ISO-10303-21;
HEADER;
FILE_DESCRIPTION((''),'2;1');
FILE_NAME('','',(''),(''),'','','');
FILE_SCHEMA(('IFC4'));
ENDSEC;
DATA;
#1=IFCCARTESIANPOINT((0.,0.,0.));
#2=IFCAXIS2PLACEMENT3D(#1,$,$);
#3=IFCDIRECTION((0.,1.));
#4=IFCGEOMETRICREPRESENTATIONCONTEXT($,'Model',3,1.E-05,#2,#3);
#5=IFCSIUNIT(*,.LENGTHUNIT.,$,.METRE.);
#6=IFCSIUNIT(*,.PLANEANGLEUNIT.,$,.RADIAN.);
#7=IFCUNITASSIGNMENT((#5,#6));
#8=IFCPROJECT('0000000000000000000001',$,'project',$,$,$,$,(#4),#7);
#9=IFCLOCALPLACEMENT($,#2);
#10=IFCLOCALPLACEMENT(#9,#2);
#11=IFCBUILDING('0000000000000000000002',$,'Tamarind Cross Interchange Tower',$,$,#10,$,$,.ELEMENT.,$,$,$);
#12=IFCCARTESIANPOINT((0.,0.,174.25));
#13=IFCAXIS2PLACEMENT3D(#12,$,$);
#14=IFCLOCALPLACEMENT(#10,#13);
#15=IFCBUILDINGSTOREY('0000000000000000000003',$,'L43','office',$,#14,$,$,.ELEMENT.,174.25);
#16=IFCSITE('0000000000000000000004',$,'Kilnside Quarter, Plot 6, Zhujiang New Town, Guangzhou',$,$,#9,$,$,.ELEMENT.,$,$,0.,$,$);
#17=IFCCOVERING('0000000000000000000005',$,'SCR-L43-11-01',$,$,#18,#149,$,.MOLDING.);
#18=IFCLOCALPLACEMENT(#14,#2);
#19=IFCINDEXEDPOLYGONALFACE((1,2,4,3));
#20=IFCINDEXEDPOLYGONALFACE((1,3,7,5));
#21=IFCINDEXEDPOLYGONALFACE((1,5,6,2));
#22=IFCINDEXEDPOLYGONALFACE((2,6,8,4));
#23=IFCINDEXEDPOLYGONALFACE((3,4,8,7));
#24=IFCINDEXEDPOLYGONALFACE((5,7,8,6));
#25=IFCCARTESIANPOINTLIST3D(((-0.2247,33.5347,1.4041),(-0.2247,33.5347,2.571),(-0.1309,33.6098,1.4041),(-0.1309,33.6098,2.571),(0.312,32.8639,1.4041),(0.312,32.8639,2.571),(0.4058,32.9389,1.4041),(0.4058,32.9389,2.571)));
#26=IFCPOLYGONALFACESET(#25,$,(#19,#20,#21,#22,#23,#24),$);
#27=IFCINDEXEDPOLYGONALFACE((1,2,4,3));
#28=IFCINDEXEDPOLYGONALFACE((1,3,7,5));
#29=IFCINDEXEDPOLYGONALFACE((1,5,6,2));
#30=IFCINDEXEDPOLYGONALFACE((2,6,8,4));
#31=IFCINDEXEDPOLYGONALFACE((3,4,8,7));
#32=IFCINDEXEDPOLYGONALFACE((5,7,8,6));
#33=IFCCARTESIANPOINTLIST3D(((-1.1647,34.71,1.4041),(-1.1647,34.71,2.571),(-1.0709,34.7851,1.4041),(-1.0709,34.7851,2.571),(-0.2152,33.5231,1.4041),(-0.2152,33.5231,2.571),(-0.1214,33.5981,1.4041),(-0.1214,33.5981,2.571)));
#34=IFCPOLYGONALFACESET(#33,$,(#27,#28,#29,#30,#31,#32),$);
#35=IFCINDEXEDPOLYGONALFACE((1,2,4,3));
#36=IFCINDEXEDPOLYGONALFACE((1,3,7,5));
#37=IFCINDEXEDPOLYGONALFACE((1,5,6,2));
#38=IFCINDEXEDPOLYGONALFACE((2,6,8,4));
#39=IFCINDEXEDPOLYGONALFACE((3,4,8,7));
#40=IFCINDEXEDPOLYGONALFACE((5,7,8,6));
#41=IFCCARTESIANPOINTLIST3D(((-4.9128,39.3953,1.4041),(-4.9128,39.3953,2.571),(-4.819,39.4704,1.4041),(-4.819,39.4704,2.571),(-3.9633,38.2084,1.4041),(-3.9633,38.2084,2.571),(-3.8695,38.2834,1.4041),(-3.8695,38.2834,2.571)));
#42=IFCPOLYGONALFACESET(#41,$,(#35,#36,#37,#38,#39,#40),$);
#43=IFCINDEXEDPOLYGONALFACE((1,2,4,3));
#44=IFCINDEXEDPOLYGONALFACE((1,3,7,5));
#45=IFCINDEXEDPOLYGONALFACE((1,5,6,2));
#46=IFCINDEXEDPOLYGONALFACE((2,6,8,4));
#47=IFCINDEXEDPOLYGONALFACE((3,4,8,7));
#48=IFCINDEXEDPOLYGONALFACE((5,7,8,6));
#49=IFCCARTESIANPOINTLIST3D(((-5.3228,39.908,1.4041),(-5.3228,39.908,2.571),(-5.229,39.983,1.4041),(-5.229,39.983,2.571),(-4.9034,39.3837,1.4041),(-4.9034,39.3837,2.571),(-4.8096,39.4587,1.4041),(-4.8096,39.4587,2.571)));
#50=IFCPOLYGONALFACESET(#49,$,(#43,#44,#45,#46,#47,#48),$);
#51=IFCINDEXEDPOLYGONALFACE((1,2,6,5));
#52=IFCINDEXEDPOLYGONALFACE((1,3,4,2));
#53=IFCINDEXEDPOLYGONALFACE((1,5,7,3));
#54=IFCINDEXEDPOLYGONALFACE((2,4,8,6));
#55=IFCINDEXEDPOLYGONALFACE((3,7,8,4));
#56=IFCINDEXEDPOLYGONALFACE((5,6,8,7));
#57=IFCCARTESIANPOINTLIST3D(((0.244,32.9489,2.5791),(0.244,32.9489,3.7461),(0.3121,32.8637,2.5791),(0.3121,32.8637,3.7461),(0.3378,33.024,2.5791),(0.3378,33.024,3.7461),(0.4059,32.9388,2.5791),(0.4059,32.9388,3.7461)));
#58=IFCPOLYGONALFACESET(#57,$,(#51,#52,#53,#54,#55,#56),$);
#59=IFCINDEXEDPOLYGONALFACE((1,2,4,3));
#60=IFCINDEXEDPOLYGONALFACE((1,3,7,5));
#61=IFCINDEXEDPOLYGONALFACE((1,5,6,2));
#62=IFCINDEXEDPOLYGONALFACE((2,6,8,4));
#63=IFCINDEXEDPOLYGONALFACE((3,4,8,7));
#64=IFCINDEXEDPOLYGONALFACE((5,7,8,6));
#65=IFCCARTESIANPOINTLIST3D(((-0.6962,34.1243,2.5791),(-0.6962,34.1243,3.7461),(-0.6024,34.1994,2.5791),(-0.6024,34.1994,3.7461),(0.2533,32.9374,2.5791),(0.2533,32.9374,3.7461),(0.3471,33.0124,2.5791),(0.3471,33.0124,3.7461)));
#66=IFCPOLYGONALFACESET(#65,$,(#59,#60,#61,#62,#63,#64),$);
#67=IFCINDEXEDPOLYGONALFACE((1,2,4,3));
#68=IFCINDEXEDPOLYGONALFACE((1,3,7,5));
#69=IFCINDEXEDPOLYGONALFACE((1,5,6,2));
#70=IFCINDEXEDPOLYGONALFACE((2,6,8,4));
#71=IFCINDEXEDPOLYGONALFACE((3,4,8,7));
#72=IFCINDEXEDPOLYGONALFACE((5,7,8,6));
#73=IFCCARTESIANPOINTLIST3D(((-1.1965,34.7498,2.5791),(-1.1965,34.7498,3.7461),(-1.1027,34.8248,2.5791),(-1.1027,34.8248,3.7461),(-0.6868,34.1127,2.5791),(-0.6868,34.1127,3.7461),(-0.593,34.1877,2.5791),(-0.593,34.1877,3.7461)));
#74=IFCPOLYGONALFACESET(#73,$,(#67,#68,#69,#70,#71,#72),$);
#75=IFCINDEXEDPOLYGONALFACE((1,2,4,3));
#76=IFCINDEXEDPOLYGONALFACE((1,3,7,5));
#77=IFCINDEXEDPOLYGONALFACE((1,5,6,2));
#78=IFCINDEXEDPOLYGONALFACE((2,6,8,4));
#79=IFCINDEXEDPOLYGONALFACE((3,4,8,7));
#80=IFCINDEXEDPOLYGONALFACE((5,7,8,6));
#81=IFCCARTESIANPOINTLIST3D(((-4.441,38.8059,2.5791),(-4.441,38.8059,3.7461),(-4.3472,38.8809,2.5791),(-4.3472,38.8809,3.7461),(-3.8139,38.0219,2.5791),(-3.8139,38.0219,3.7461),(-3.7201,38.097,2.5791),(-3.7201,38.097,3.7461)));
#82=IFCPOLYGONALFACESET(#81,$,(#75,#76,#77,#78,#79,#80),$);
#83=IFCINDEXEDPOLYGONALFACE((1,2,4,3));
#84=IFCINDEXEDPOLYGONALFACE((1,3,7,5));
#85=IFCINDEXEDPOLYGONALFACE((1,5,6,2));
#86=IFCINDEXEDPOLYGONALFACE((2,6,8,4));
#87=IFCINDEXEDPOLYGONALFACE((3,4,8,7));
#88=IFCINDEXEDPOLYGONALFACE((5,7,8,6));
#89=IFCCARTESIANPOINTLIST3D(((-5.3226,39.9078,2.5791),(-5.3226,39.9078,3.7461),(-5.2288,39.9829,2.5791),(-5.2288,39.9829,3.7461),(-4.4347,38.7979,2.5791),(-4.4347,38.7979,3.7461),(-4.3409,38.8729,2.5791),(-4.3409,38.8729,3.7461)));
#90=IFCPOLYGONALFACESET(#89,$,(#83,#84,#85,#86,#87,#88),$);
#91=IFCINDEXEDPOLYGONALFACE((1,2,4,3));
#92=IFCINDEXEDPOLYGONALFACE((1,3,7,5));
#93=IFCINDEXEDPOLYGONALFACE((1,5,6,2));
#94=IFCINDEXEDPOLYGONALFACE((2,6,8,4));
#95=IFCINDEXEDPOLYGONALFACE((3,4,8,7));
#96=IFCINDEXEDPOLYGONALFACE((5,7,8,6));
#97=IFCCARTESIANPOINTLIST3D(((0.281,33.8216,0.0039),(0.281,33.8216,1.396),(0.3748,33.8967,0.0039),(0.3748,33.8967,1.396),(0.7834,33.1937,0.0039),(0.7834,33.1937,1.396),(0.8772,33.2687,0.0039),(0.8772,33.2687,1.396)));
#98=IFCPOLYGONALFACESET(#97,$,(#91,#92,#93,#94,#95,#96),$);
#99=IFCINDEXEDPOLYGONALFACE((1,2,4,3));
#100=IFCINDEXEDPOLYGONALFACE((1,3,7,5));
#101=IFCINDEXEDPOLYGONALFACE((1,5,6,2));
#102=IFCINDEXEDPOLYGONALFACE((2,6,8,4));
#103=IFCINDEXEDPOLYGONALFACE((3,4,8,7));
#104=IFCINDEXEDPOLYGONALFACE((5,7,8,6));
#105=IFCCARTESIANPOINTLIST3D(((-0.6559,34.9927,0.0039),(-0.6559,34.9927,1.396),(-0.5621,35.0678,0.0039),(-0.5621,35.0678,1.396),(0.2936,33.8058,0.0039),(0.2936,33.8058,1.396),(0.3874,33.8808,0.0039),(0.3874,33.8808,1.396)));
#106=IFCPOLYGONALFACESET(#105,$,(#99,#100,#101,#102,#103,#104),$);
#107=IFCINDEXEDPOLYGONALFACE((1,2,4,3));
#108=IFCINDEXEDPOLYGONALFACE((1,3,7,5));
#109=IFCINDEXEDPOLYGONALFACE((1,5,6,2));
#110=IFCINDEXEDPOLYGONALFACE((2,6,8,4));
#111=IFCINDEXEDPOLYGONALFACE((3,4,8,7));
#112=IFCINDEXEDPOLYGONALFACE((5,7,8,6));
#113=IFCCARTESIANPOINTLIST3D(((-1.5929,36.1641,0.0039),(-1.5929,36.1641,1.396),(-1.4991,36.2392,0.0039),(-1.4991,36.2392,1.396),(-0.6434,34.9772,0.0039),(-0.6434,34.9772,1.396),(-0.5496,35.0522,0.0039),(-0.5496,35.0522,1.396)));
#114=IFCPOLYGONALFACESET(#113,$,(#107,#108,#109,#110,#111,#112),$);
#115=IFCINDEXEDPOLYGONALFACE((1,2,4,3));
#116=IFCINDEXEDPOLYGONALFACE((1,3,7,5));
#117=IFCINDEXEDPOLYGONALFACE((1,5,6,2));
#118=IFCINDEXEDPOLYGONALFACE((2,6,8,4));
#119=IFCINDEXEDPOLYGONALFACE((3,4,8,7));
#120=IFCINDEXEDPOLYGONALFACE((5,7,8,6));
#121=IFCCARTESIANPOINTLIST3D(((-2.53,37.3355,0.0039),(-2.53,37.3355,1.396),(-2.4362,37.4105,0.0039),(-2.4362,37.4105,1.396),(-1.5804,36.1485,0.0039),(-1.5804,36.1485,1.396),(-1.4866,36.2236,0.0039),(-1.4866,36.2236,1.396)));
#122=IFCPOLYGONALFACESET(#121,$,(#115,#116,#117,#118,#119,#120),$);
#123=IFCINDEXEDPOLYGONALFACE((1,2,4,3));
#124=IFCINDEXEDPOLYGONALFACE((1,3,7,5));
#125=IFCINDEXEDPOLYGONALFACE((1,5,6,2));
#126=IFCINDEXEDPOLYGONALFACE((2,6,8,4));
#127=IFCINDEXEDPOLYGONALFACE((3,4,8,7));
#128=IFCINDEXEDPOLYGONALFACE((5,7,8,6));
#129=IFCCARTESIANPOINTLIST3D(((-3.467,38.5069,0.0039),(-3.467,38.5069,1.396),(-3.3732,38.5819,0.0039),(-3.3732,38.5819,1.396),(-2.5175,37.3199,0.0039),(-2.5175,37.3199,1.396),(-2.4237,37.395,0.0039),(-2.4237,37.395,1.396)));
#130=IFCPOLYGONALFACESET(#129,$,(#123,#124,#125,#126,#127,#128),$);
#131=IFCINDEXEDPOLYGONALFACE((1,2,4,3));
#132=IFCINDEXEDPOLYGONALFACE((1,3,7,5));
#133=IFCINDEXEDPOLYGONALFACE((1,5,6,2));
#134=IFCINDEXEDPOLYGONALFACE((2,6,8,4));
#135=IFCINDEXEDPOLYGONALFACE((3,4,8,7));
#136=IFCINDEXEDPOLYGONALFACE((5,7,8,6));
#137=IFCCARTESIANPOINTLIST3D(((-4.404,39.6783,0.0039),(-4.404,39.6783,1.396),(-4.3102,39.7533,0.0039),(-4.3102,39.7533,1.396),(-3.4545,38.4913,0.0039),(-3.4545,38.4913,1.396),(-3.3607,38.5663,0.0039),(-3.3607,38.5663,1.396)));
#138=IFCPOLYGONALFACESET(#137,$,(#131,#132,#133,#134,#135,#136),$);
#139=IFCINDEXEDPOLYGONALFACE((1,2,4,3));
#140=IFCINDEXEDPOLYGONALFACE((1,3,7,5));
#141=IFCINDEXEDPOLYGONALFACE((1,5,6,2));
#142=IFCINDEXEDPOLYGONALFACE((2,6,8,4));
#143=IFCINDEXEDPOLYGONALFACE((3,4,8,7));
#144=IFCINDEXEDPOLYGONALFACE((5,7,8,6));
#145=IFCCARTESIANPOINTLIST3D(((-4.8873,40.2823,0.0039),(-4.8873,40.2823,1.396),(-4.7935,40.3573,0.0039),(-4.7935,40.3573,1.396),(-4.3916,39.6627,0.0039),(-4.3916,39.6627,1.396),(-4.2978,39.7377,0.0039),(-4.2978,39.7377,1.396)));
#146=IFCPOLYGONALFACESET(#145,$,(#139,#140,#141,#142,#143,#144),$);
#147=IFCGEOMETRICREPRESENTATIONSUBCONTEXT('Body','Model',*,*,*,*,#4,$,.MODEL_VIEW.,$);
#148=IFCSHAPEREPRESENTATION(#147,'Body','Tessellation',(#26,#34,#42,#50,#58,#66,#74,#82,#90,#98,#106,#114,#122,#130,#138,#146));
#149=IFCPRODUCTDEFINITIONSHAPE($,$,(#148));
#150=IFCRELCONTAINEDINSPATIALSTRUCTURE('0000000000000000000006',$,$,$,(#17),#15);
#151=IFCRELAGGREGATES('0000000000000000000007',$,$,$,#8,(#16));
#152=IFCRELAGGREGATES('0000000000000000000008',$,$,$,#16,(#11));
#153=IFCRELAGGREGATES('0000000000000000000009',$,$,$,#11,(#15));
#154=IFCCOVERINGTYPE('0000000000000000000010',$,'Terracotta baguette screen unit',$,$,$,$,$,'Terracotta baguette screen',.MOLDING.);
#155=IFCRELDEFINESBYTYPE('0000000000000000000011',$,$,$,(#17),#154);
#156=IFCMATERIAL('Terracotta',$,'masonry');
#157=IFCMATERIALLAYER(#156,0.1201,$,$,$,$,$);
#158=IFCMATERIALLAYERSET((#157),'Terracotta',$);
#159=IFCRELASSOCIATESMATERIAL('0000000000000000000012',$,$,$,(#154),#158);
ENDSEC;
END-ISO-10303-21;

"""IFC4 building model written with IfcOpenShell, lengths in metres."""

from ifc_helpers import new_model, si_unit, direction, frame, origin, origin_2d, place, context, subcontext, project, spatial, rectangle, extrude, material, layer, layer_set, type_object, element, save


model = new_model("IFC4")

# Units and contexts
model_context = context("Model", 3, precision=1e-05, world=origin(), true_north=direction((0.0, 1.0)))
body_context = subcontext(model_context, "Body", "Model", "MODEL_VIEW")
ifc_project = project(units=[si_unit("LENGTHUNIT", "METRE"), si_unit("PLANEANGLEUNIT", "RADIAN")], contexts=[model_context])

# Site, building, storey
site_placement = place(None, origin())
site = spatial("IfcSite", under=ifc_project, at=site_placement, Name="Kilnside Quarter, Plot 6, Zhujiang New Town, Guangzhou", CompositionType="ELEMENT", RefElevation=0.0)
building_placement = place(site_placement, origin())
building = spatial("IfcBuilding", under=site, at=building_placement, Name="Tamarind Cross Interchange Tower", CompositionType="ELEMENT")
storey_placement = place(building_placement, frame((0.0, 0.0, 174.25)))
storey = spatial("IfcBuildingStorey", under=building, at=storey_placement, Name="L43", Description="office", CompositionType="ELEMENT", Elevation=174.25)

# Covering
ifc_material_1 = material(Name="Terracotta", Category="masonry")
ifc_layer_1 = layer(ifc_material_1, 0.1201)
ifc_layer_set_1 = layer_set([ifc_layer_1], Name="Terracotta")
covering_type = type_object("IfcCoveringType", Name="Terracotta baguette screen unit", ElementType="Terracotta baguette screen", PredefinedType="MOLDING", material=ifc_layer_set_1)
covering_1_placement = place(storey_placement, origin())
element("IfcCovering", 1, at=covering_1_placement, inside=storey, type_object=covering_type, Name="SCR-L43-11-01", PredefinedType="MOLDING", context=body_context, shape_type="SweptSolid", body=[
    extrude(rectangle(XDim=0.8591, YDim=0.1201, at=origin_2d()), frame((0.0906, 33.2368, 1.4041), z_axis=(0.0, 0.0, 1.0), x_axis=(-0.624665, 0.780893, 0.0)), (0.0, 0.0, 1.0), 1.167),
    extrude(rectangle(XDim=1.52, YDim=0.1201, at=origin_2d()), frame((-0.6431, 34.1541, 1.4041), z_axis=(0.0, 0.0, 1.0), x_axis=(-0.624665, 0.780893, 0.0)), (0.0, 0.0, 1.0), 1.167),
    extrude(rectangle(XDim=1.52, YDim=0.1201, at=origin_2d()), frame((-4.3911, 38.8394, 1.4041), z_axis=(0.0, 0.0, 1.0), x_axis=(-0.624665, 0.780893, 0.0)), (0.0, 0.0, 1.0), 1.167),
    extrude(rectangle(XDim=0.6714, YDim=0.1201, at=origin_2d()), frame((-5.0662, 39.6833, 1.4041), z_axis=(0.0, 0.0, 1.0), x_axis=(-0.624665, 0.780893, 0.0)), (0.0, 0.0, 1.0), 1.167),
    extrude(rectangle(XDim=0.1091, YDim=0.1201, at=origin_2d()), frame((0.325, 32.9438, 2.5791), z_axis=(0.0, 0.0, 1.0), x_axis=(-0.624665, 0.780893, 0.0)), (0.0, 0.0, 1.0), 1.167),
    extrude(rectangle(XDim=1.52, YDim=0.1201, at=origin_2d()), frame((-0.1746, 33.5684, 2.5791), z_axis=(0.0, 0.0, 1.0), x_axis=(-0.624665, 0.780893, 0.0)), (0.0, 0.0, 1.0), 1.167),
    extrude(rectangle(XDim=0.8159, YDim=0.1201, at=origin_2d()), frame((-0.8948, 34.4688, 2.5791), z_axis=(0.0, 0.0, 1.0), x_axis=(-0.624665, 0.780893, 0.0)), (0.0, 0.0, 1.0), 1.167),
    extrude(rectangle(XDim=1.0039, YDim=0.1201, at=origin_2d()), frame((-4.0806, 38.4514, 2.5791), z_axis=(0.0, 0.0, 1.0), x_axis=(-0.624665, 0.780893, 0.0)), (0.0, 0.0, 1.0), 1.167),
    extrude(rectangle(XDim=1.4214, YDim=0.1201, at=origin_2d()), frame((-4.8318, 39.3904, 2.5791), z_axis=(0.0, 0.0, 1.0), x_axis=(-0.624665, 0.780893, 0.0)), (0.0, 0.0, 1.0), 1.167),
    extrude(rectangle(XDim=0.8042, YDim=0.1201, at=origin_2d()), frame((0.5791, 33.5452, 0.0039), z_axis=(0.0, 0.0, 1.0), x_axis=(-0.624665, 0.780893, 0.0)), (0.0, 0.0, 1.0), 1.3921),
    extrude(rectangle(XDim=1.52, YDim=0.1201, at=origin_2d()), frame((-0.1343, 34.4368, 0.0039), z_axis=(0.0, 0.0, 1.0), x_axis=(-0.624665, 0.780893, 0.0)), (0.0, 0.0, 1.0), 1.3921),
    extrude(rectangle(XDim=1.52, YDim=0.1201, at=origin_2d()), frame((-1.0713, 35.6082, 0.0039), z_axis=(0.0, 0.0, 1.0), x_axis=(-0.624665, 0.780893, 0.0)), (0.0, 0.0, 1.0), 1.3921),
    extrude(rectangle(XDim=1.52, YDim=0.1201, at=origin_2d()), frame((-2.0083, 36.7795, 0.0039), z_axis=(0.0, 0.0, 1.0), x_axis=(-0.624665, 0.780893, 0.0)), (0.0, 0.0, 1.0), 1.3921),
    extrude(rectangle(XDim=1.52, YDim=0.1201, at=origin_2d()), frame((-2.9453, 37.9509, 0.0039), z_axis=(0.0, 0.0, 1.0), x_axis=(-0.624665, 0.780893, 0.0)), (0.0, 0.0, 1.0), 1.3921),
    extrude(rectangle(XDim=1.52, YDim=0.1201, at=origin_2d()), frame((-3.8823, 39.1223, 0.0039), z_axis=(0.0, 0.0, 1.0), x_axis=(-0.624665, 0.780893, 0.0)), (0.0, 0.0, 1.0), 1.3921),
    extrude(rectangle(XDim=0.7935, YDim=0.1201, at=origin_2d()), frame((-4.5925, 40.01, 0.0039), z_axis=(0.0, 0.0, 1.0), x_axis=(-0.624665, 0.780893, 0.0)), (0.0, 0.0, 1.0), 1.3921),
])

save(model, "model.ifc")
